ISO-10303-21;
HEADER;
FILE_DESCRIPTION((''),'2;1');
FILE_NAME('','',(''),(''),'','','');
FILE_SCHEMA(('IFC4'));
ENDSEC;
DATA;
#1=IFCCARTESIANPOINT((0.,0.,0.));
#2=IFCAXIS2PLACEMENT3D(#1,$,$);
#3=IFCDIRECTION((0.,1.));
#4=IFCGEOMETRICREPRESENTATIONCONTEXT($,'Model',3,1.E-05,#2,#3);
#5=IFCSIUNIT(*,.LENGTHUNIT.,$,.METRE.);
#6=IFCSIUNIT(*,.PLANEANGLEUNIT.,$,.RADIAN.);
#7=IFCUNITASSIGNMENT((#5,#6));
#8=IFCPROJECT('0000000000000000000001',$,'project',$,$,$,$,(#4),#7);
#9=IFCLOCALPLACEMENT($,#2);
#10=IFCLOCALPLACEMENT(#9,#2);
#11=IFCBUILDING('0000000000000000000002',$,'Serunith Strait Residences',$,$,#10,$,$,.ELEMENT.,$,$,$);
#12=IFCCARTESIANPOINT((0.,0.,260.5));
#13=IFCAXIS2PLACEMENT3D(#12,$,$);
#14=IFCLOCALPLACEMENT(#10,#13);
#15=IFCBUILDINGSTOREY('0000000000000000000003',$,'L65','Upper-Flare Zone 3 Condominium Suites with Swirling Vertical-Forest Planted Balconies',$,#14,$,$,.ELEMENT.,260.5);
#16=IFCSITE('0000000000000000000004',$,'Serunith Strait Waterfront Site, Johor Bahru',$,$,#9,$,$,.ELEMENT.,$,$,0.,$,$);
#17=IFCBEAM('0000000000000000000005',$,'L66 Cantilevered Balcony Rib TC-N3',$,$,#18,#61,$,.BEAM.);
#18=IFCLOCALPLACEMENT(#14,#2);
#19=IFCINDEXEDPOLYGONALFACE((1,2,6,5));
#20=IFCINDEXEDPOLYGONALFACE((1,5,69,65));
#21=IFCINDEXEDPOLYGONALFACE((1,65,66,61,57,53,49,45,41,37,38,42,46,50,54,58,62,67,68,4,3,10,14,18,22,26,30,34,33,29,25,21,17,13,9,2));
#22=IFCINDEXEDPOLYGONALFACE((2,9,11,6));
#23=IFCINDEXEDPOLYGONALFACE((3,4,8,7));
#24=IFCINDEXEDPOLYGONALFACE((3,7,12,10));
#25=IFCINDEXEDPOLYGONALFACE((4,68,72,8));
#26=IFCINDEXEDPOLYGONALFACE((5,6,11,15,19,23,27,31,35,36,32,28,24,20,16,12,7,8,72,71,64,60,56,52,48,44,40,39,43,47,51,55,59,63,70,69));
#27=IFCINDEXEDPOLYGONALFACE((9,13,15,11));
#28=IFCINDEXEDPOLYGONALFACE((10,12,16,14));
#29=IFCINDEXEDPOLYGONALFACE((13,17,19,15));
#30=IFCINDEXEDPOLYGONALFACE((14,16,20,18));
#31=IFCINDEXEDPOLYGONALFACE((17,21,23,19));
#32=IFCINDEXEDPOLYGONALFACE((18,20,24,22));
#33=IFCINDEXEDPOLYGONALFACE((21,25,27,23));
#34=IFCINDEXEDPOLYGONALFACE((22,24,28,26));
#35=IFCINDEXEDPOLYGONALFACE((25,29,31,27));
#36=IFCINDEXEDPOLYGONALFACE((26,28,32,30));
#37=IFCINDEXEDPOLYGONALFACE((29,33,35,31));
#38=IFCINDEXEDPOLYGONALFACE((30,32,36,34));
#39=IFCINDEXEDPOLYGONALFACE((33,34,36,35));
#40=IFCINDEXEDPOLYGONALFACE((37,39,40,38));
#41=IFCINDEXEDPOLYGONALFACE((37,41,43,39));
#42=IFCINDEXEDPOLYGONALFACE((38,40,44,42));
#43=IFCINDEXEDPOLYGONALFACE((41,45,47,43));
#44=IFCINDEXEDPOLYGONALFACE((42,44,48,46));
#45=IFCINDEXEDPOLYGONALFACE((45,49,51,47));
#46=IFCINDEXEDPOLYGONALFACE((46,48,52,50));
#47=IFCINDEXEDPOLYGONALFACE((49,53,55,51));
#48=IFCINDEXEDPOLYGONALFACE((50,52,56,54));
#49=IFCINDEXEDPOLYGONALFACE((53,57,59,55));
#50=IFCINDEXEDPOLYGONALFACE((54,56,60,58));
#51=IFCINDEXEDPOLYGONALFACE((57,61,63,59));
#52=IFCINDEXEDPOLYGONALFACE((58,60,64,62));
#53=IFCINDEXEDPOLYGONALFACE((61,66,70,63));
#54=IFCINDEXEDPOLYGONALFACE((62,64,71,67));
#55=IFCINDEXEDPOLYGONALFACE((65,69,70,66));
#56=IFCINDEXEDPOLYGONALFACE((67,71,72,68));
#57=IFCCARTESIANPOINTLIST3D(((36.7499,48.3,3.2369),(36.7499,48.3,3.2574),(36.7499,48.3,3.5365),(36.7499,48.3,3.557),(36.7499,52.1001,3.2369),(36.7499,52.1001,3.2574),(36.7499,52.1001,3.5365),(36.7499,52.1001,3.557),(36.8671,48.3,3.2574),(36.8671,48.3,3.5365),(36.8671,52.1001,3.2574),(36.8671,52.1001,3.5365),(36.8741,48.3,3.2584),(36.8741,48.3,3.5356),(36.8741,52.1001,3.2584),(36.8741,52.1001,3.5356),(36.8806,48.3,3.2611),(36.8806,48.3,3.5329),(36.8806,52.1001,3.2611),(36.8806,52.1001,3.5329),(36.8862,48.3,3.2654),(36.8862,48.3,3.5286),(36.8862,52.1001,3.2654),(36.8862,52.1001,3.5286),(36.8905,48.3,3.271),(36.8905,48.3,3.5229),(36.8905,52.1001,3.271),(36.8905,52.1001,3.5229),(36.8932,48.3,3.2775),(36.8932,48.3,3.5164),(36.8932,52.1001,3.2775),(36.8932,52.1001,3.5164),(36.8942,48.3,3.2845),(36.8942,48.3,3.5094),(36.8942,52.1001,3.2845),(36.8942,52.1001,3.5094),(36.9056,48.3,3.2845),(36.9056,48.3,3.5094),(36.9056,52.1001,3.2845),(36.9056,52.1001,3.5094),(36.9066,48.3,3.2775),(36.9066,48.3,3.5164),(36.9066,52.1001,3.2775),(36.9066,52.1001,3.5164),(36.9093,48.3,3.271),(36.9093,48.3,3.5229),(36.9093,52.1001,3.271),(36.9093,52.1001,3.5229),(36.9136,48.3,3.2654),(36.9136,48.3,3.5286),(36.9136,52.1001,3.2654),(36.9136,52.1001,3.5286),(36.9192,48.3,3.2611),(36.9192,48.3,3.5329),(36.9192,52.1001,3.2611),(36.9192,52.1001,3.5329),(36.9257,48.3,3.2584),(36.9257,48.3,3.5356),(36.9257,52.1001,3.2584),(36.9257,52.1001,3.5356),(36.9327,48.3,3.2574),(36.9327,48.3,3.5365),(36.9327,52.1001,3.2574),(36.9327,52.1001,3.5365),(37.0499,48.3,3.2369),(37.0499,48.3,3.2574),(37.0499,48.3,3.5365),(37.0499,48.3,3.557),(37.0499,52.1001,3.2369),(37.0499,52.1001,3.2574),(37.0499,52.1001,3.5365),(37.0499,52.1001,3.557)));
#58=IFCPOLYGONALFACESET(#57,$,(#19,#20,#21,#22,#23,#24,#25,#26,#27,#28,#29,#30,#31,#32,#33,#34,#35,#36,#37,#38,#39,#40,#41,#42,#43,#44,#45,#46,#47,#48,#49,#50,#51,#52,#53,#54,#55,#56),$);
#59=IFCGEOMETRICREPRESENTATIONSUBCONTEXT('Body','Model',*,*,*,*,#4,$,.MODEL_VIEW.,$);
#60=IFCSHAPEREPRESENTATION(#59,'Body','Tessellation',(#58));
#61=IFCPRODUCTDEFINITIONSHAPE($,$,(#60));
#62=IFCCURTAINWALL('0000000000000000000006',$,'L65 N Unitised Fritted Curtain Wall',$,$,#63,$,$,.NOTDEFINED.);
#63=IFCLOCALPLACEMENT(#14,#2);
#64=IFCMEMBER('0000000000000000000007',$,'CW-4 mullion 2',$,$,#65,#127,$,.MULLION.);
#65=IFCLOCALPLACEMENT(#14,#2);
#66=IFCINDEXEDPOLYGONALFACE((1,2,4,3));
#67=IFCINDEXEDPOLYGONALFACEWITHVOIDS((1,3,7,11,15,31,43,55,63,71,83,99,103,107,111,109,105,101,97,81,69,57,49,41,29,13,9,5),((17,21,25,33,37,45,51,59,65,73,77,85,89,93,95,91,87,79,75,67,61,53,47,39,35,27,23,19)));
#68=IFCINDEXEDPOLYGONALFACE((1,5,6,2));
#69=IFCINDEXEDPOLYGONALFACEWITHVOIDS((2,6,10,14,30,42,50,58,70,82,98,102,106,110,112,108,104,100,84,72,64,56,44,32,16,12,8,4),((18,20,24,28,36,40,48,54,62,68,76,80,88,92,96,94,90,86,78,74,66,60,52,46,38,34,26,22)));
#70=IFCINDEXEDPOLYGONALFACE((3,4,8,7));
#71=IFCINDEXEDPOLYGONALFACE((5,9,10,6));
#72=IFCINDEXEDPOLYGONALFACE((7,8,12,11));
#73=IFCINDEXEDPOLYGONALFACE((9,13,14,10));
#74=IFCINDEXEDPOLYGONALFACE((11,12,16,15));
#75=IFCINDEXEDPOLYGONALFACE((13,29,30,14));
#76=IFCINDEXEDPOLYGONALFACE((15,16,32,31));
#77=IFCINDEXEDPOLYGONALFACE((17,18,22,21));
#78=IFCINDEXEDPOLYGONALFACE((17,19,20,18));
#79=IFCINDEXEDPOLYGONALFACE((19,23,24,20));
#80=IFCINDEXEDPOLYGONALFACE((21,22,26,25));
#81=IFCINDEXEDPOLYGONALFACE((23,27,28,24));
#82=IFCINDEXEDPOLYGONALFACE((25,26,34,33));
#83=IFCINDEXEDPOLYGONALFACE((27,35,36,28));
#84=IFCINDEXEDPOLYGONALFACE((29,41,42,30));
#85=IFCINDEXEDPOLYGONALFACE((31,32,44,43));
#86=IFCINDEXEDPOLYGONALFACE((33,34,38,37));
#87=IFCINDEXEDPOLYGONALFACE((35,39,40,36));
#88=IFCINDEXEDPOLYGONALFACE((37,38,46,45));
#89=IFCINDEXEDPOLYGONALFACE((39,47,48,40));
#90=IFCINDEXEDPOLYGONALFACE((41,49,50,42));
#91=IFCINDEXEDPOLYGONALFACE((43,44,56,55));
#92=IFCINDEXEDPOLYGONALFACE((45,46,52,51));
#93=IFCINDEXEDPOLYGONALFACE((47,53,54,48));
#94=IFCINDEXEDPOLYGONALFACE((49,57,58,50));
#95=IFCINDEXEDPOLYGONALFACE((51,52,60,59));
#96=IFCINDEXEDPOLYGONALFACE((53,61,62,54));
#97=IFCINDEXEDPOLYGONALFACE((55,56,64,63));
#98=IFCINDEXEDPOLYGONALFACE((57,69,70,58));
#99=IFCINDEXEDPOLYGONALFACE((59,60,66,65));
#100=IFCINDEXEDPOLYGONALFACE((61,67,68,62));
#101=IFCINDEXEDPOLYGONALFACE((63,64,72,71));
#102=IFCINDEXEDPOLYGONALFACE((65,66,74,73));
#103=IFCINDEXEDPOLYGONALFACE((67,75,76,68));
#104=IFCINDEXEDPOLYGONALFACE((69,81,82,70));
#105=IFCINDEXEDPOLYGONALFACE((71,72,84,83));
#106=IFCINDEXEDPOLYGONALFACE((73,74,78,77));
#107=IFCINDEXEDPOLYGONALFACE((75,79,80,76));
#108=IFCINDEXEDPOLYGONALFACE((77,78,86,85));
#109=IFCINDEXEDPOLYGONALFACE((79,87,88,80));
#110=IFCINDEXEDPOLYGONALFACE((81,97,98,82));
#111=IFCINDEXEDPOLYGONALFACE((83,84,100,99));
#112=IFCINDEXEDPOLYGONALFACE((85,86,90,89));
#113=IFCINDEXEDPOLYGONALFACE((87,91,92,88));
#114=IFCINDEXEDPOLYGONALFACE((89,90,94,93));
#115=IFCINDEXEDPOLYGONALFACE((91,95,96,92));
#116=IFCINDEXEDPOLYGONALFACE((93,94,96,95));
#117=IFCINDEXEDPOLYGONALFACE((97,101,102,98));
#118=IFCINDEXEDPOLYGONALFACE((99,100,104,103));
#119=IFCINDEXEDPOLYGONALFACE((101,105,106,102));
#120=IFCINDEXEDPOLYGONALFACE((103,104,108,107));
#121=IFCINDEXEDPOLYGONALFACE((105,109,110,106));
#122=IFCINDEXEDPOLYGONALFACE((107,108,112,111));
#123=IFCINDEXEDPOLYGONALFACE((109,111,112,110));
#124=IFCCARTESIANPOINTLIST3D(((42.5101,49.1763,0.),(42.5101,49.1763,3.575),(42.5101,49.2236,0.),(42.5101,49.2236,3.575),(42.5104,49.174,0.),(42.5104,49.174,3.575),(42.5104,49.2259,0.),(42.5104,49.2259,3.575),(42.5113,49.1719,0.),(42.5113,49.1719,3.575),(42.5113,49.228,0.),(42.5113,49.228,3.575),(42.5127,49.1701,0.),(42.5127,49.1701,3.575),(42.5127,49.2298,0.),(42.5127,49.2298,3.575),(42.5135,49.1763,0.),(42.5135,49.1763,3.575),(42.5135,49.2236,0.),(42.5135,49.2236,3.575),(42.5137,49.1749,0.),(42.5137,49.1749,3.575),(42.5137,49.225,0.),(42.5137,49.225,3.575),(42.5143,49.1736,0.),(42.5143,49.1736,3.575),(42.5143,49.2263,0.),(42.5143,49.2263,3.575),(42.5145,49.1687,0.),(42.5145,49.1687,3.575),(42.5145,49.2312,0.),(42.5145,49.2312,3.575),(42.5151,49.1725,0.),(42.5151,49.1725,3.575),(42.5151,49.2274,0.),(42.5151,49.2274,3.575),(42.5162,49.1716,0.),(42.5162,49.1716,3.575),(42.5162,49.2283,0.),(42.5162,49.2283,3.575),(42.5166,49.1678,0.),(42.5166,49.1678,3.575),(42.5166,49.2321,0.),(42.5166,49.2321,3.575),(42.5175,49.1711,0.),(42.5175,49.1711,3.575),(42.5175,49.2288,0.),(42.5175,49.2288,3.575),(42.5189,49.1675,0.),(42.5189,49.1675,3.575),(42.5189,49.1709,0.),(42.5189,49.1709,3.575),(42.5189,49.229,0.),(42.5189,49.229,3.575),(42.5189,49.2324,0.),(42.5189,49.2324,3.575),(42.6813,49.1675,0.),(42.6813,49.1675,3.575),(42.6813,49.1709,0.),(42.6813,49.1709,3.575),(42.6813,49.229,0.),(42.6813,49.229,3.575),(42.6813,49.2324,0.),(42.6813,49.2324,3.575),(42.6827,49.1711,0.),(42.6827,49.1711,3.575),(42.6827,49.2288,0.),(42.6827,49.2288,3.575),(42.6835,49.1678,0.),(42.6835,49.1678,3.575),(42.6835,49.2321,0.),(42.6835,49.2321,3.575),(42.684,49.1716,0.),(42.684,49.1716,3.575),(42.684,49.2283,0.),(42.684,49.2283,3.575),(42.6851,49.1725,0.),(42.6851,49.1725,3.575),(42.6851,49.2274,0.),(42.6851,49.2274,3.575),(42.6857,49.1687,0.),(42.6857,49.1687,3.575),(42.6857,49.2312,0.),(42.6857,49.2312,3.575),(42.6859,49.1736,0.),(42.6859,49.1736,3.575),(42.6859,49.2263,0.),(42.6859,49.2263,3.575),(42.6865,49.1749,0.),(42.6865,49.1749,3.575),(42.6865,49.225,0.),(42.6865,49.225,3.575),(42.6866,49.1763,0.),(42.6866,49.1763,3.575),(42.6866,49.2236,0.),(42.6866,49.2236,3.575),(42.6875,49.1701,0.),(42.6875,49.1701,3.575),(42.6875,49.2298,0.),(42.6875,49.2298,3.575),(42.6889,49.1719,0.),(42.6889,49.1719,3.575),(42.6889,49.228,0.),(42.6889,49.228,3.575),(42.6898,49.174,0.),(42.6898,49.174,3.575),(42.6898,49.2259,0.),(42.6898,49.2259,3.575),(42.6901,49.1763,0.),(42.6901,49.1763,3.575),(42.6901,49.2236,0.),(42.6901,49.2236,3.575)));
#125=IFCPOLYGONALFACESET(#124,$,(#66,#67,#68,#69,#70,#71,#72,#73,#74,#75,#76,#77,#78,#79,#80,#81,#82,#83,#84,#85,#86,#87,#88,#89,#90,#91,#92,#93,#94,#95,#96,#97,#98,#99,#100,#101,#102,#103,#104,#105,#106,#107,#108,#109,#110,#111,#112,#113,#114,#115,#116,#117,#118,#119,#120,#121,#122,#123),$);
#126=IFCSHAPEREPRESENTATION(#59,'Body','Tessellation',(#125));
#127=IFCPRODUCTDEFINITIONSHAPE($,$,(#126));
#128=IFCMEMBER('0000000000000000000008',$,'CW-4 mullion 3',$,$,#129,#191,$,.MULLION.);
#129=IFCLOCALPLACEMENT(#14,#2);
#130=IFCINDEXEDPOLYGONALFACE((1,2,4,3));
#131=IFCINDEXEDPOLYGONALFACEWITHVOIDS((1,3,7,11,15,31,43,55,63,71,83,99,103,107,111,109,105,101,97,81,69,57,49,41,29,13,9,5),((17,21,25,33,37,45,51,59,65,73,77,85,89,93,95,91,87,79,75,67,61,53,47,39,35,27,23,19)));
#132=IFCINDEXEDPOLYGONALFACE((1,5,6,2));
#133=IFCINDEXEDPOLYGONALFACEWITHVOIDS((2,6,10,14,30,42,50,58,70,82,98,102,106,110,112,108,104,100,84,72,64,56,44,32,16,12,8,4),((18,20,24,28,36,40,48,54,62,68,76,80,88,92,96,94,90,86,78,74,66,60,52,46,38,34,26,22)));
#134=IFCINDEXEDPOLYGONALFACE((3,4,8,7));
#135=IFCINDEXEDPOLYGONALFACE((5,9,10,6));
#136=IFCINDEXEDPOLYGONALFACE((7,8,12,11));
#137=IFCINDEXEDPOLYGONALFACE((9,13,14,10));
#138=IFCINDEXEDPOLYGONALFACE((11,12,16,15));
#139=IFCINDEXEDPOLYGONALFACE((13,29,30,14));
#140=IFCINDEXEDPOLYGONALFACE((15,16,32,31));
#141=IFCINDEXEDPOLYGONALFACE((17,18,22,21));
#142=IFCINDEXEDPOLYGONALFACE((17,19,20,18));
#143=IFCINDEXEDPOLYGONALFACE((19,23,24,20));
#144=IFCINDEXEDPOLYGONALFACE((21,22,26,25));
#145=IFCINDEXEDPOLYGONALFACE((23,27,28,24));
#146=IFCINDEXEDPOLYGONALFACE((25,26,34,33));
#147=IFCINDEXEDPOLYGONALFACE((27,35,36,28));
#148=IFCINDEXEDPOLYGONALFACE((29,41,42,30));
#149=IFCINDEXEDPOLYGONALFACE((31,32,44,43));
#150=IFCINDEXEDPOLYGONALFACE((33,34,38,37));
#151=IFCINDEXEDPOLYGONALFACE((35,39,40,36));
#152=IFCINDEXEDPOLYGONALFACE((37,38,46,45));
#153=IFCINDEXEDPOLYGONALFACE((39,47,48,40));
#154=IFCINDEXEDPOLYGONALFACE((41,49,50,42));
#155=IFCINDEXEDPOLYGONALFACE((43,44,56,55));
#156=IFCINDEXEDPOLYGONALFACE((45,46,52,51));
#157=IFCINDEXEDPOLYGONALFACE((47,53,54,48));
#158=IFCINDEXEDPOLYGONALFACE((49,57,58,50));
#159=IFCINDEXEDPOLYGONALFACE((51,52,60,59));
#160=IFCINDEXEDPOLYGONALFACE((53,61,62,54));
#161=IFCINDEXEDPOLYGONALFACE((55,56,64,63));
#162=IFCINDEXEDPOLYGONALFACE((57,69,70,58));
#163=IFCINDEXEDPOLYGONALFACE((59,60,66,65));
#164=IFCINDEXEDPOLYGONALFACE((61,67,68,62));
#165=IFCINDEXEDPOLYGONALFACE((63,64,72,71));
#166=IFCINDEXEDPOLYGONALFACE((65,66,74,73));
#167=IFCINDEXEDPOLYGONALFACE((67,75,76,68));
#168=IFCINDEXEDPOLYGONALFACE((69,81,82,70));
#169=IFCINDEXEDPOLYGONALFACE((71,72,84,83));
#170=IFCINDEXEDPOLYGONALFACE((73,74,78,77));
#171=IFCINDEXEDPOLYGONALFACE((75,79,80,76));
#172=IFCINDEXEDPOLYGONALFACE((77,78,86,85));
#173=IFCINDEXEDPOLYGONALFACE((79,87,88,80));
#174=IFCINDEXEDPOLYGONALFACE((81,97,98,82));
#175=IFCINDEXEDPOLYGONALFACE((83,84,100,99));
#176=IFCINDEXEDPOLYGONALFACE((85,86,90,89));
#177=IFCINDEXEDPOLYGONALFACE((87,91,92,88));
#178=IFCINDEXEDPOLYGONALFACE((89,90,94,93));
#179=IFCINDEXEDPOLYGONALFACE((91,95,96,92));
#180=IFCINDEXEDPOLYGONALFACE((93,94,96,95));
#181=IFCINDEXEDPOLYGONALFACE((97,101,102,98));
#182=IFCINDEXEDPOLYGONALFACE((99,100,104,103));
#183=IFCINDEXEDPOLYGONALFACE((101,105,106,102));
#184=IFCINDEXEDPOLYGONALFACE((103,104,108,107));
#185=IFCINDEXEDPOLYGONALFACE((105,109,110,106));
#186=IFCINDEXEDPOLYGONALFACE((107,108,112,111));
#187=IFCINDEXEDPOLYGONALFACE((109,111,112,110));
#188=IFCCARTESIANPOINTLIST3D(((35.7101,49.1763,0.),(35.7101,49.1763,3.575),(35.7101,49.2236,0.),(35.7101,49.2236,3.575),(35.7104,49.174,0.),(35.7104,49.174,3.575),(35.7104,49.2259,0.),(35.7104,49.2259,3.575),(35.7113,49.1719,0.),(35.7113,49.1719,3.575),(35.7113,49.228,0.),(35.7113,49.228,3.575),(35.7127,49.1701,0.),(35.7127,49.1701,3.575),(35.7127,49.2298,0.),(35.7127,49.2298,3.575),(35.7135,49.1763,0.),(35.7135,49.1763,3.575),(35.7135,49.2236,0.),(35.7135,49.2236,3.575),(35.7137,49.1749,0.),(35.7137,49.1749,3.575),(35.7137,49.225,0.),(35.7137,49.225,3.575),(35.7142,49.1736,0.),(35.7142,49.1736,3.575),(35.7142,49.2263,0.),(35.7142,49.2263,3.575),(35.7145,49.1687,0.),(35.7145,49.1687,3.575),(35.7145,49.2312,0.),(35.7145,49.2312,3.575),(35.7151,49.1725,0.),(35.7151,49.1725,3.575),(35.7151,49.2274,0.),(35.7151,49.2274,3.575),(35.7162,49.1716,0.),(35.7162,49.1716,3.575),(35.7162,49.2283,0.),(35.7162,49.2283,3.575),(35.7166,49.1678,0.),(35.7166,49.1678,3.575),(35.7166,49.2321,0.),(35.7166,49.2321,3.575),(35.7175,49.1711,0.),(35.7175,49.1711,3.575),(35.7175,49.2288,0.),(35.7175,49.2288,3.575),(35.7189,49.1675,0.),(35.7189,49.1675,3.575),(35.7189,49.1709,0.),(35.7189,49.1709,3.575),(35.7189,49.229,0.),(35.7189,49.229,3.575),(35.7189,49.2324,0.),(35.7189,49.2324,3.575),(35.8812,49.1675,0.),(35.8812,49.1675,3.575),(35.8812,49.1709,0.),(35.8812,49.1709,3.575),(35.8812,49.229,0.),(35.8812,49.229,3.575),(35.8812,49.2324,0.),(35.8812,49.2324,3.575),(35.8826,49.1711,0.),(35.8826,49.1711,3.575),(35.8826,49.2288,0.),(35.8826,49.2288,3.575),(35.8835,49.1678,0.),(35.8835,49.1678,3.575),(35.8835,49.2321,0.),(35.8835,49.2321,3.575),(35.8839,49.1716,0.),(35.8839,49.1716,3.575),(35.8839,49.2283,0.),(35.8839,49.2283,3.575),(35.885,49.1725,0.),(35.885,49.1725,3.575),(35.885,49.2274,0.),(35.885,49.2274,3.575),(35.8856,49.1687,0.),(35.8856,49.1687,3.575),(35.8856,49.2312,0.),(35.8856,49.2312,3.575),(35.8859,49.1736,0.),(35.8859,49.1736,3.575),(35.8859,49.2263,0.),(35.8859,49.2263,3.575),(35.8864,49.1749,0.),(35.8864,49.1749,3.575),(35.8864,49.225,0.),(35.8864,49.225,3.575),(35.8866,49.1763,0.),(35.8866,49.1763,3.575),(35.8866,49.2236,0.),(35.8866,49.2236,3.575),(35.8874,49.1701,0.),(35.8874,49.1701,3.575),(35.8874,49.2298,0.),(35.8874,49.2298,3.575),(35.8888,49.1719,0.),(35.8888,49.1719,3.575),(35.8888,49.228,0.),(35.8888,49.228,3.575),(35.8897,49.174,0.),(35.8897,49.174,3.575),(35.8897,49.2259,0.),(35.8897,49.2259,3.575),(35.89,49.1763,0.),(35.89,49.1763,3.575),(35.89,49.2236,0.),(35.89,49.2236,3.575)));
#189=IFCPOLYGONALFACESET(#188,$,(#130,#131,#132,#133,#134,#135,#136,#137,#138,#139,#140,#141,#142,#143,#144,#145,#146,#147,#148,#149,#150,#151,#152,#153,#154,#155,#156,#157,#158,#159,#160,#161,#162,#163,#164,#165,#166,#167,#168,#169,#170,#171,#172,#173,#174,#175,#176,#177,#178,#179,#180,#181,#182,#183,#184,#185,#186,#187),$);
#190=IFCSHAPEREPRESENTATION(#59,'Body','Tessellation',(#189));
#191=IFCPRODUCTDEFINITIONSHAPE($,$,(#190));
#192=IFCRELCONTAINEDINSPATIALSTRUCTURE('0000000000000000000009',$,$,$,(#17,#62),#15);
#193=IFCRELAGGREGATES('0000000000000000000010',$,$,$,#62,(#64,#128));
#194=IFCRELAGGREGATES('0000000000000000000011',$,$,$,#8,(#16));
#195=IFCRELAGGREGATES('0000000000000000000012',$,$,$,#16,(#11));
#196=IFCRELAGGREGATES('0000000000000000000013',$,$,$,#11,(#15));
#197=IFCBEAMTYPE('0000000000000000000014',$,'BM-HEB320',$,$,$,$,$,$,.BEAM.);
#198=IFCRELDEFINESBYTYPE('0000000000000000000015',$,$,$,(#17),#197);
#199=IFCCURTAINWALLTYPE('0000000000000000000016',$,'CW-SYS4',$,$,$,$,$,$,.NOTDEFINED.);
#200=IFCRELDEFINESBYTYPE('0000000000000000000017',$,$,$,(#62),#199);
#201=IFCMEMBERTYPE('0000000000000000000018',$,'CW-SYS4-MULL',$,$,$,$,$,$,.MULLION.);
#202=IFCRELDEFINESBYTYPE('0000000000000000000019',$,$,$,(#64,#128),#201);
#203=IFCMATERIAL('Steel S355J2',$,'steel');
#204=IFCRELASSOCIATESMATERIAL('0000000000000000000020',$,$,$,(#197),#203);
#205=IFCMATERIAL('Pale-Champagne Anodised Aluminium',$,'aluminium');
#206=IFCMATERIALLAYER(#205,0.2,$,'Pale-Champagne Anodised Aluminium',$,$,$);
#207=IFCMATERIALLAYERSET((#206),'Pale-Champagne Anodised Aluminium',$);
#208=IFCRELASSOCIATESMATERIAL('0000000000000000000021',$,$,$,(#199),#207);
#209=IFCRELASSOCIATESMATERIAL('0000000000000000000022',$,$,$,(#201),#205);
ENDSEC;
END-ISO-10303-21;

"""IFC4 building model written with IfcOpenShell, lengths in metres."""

from ifc_helpers import new_model, si_unit, direction, frame, origin, origin_2d, place, context, subcontext, project, spatial, hollow_rectangle, i_section, extrude, source, transform, mapped, material, layer, layer_set, material_profile, profile_set, type_object, element, aggregate, save


model = new_model("IFC4")

# Units and contexts
model_context = context("Model", 3, precision=1e-05, world=origin(), true_north=direction((0.0, 1.0)))
body_context = subcontext(model_context, "Body", "Model", "MODEL_VIEW")
ifc_project = project(units=[si_unit("LENGTHUNIT", "METRE"), si_unit("PLANEANGLEUNIT", "RADIAN")], contexts=[model_context])

# Site, building, storey
site_placement = place(None, origin())
site = spatial("IfcSite", under=ifc_project, at=site_placement, Name="Serunith Strait Waterfront Site, Johor Bahru", CompositionType="ELEMENT", RefElevation=0.0)
building_placement = place(site_placement, origin())
building = spatial("IfcBuilding", under=site, at=building_placement, Name="Serunith Strait Residences", CompositionType="ELEMENT")
storey_placement = place(building_placement, frame((0.0, 0.0, 260.5)))
storey = spatial("IfcBuildingStorey", under=building, at=storey_placement, Name="L65", Description="Upper-Flare Zone 3 Condominium Suites with Swirling Vertical-Forest Planted Balconies", CompositionType="ELEMENT", Elevation=260.5)

# Beam
ifc_material_1 = material(Name="Steel S355J2", Category="steel")
ifc_material_profile_1 = material_profile(ifc_material_1, i_section(OverallWidth=0.3, OverallDepth=0.3201, WebThickness=0.0115, FlangeThickness=0.0205, FilletRadius=0.0271, at=origin_2d()), Name="HEB 320")
ifc_profile_set_1 = profile_set([ifc_material_profile_1], Name="Steel S355J2")
beam_type_1 = type_object("IfcBeamType", Name="BM-HEB320", PredefinedType="BEAM", material=ifc_profile_set_1)
shared_shape_1 = source(origin(), body_context, "Body", "SweptSolid", [
    extrude(i_section(OverallWidth=0.3, OverallDepth=0.3201, WebThickness=0.0115, FlangeThickness=0.0205, FilletRadius=0.0271, at=origin_2d()), origin(), (0.0, 0.0, 1.0), 3.8),
])
beam_1_placement = place(storey_placement, frame((36.8999, 48.3, 3.397), z_axis=(0.0, 1.0, 0.0), x_axis=(-1.0, 0.0, 0.0)))
element("IfcBeam", 1, at=beam_1_placement, inside=storey, type_object=beam_type_1, Name="L66 Cantilevered Balcony Rib TC-N3", PredefinedType="BEAM", context=body_context, shape_type="MappedRepresentation", body=[
    mapped(shared_shape_1, transform((0.0, 0.0, 0.0), scale=1.0)),
])

# Curtain wall, members
ifc_material_2 = material(Name="Pale-Champagne Anodised Aluminium", Category="aluminium")
ifc_layer_1 = layer(ifc_material_2, 0.2, Name="Pale-Champagne Anodised Aluminium")
ifc_layer_set_1 = layer_set([ifc_layer_1], Name="Pale-Champagne Anodised Aluminium")
curtain_wall_type = type_object("IfcCurtainWallType", Name="CW-SYS4", PredefinedType="NOTDEFINED", material=ifc_layer_set_1)
curtain_wall_placement = place(storey_placement, origin())
curtain_wall = element("IfcCurtainWall", 2, at=curtain_wall_placement, inside=storey, type_object=curtain_wall_type, Name="L65 N Unitised Fritted Curtain Wall", PredefinedType="NOTDEFINED")
ifc_material_profile_2 = material_profile(ifc_material_2, hollow_rectangle(XDim=0.0649, YDim=0.1799, WallThickness=0.0034, InnerFilletRadius=0.0054, OuterFilletRadius=0.0088, at=origin_2d()), Name="ALU 180x65x3.5")
ifc_profile_set_2 = profile_set([ifc_material_profile_2], Name="Pale-Champagne Anodised Aluminium")
member_type_1 = type_object("IfcMemberType", Name="CW-SYS4-MULL", PredefinedType="MULLION", material=ifc_profile_set_2)
shared_shape_2 = source(origin(), body_context, "Body", "SweptSolid", [
    extrude(hollow_rectangle(XDim=0.0649, YDim=0.1799, WallThickness=0.0034, InnerFilletRadius=0.0054, OuterFilletRadius=0.0088, at=origin_2d()), origin(), (0.0, 0.0, 1.0), 3.575),
])
member_1_placement = place(storey_placement, frame((42.6001, 49.2, 0.0), z_axis=(0.0, 0.0, 1.0), x_axis=(0.0, -1.0, 0.0)))
member_1 = element("IfcMember", 3, at=member_1_placement, type_object=member_type_1, Name="CW-4 mullion 2", PredefinedType="MULLION", context=body_context, shape_type="MappedRepresentation", body=[
    mapped(shared_shape_2, transform((0.0, 0.0, 0.0), scale=1.0)),
])
member_2_placement = place(storey_placement, frame((35.8, 49.2, 0.0), z_axis=(0.0, 0.0, 1.0), x_axis=(0.0, -1.0, 0.0)))
member_2 = element("IfcMember", 4, at=member_2_placement, type_object=member_type_1, Name="CW-4 mullion 3", PredefinedType="MULLION", context=body_context, shape_type="MappedRepresentation", body=[
    mapped(shared_shape_2, transform((0.0, 0.0, 0.0), scale=1.0)),
])
aggregate(curtain_wall, [member_1, member_2])

save(model, "model.ifc")
